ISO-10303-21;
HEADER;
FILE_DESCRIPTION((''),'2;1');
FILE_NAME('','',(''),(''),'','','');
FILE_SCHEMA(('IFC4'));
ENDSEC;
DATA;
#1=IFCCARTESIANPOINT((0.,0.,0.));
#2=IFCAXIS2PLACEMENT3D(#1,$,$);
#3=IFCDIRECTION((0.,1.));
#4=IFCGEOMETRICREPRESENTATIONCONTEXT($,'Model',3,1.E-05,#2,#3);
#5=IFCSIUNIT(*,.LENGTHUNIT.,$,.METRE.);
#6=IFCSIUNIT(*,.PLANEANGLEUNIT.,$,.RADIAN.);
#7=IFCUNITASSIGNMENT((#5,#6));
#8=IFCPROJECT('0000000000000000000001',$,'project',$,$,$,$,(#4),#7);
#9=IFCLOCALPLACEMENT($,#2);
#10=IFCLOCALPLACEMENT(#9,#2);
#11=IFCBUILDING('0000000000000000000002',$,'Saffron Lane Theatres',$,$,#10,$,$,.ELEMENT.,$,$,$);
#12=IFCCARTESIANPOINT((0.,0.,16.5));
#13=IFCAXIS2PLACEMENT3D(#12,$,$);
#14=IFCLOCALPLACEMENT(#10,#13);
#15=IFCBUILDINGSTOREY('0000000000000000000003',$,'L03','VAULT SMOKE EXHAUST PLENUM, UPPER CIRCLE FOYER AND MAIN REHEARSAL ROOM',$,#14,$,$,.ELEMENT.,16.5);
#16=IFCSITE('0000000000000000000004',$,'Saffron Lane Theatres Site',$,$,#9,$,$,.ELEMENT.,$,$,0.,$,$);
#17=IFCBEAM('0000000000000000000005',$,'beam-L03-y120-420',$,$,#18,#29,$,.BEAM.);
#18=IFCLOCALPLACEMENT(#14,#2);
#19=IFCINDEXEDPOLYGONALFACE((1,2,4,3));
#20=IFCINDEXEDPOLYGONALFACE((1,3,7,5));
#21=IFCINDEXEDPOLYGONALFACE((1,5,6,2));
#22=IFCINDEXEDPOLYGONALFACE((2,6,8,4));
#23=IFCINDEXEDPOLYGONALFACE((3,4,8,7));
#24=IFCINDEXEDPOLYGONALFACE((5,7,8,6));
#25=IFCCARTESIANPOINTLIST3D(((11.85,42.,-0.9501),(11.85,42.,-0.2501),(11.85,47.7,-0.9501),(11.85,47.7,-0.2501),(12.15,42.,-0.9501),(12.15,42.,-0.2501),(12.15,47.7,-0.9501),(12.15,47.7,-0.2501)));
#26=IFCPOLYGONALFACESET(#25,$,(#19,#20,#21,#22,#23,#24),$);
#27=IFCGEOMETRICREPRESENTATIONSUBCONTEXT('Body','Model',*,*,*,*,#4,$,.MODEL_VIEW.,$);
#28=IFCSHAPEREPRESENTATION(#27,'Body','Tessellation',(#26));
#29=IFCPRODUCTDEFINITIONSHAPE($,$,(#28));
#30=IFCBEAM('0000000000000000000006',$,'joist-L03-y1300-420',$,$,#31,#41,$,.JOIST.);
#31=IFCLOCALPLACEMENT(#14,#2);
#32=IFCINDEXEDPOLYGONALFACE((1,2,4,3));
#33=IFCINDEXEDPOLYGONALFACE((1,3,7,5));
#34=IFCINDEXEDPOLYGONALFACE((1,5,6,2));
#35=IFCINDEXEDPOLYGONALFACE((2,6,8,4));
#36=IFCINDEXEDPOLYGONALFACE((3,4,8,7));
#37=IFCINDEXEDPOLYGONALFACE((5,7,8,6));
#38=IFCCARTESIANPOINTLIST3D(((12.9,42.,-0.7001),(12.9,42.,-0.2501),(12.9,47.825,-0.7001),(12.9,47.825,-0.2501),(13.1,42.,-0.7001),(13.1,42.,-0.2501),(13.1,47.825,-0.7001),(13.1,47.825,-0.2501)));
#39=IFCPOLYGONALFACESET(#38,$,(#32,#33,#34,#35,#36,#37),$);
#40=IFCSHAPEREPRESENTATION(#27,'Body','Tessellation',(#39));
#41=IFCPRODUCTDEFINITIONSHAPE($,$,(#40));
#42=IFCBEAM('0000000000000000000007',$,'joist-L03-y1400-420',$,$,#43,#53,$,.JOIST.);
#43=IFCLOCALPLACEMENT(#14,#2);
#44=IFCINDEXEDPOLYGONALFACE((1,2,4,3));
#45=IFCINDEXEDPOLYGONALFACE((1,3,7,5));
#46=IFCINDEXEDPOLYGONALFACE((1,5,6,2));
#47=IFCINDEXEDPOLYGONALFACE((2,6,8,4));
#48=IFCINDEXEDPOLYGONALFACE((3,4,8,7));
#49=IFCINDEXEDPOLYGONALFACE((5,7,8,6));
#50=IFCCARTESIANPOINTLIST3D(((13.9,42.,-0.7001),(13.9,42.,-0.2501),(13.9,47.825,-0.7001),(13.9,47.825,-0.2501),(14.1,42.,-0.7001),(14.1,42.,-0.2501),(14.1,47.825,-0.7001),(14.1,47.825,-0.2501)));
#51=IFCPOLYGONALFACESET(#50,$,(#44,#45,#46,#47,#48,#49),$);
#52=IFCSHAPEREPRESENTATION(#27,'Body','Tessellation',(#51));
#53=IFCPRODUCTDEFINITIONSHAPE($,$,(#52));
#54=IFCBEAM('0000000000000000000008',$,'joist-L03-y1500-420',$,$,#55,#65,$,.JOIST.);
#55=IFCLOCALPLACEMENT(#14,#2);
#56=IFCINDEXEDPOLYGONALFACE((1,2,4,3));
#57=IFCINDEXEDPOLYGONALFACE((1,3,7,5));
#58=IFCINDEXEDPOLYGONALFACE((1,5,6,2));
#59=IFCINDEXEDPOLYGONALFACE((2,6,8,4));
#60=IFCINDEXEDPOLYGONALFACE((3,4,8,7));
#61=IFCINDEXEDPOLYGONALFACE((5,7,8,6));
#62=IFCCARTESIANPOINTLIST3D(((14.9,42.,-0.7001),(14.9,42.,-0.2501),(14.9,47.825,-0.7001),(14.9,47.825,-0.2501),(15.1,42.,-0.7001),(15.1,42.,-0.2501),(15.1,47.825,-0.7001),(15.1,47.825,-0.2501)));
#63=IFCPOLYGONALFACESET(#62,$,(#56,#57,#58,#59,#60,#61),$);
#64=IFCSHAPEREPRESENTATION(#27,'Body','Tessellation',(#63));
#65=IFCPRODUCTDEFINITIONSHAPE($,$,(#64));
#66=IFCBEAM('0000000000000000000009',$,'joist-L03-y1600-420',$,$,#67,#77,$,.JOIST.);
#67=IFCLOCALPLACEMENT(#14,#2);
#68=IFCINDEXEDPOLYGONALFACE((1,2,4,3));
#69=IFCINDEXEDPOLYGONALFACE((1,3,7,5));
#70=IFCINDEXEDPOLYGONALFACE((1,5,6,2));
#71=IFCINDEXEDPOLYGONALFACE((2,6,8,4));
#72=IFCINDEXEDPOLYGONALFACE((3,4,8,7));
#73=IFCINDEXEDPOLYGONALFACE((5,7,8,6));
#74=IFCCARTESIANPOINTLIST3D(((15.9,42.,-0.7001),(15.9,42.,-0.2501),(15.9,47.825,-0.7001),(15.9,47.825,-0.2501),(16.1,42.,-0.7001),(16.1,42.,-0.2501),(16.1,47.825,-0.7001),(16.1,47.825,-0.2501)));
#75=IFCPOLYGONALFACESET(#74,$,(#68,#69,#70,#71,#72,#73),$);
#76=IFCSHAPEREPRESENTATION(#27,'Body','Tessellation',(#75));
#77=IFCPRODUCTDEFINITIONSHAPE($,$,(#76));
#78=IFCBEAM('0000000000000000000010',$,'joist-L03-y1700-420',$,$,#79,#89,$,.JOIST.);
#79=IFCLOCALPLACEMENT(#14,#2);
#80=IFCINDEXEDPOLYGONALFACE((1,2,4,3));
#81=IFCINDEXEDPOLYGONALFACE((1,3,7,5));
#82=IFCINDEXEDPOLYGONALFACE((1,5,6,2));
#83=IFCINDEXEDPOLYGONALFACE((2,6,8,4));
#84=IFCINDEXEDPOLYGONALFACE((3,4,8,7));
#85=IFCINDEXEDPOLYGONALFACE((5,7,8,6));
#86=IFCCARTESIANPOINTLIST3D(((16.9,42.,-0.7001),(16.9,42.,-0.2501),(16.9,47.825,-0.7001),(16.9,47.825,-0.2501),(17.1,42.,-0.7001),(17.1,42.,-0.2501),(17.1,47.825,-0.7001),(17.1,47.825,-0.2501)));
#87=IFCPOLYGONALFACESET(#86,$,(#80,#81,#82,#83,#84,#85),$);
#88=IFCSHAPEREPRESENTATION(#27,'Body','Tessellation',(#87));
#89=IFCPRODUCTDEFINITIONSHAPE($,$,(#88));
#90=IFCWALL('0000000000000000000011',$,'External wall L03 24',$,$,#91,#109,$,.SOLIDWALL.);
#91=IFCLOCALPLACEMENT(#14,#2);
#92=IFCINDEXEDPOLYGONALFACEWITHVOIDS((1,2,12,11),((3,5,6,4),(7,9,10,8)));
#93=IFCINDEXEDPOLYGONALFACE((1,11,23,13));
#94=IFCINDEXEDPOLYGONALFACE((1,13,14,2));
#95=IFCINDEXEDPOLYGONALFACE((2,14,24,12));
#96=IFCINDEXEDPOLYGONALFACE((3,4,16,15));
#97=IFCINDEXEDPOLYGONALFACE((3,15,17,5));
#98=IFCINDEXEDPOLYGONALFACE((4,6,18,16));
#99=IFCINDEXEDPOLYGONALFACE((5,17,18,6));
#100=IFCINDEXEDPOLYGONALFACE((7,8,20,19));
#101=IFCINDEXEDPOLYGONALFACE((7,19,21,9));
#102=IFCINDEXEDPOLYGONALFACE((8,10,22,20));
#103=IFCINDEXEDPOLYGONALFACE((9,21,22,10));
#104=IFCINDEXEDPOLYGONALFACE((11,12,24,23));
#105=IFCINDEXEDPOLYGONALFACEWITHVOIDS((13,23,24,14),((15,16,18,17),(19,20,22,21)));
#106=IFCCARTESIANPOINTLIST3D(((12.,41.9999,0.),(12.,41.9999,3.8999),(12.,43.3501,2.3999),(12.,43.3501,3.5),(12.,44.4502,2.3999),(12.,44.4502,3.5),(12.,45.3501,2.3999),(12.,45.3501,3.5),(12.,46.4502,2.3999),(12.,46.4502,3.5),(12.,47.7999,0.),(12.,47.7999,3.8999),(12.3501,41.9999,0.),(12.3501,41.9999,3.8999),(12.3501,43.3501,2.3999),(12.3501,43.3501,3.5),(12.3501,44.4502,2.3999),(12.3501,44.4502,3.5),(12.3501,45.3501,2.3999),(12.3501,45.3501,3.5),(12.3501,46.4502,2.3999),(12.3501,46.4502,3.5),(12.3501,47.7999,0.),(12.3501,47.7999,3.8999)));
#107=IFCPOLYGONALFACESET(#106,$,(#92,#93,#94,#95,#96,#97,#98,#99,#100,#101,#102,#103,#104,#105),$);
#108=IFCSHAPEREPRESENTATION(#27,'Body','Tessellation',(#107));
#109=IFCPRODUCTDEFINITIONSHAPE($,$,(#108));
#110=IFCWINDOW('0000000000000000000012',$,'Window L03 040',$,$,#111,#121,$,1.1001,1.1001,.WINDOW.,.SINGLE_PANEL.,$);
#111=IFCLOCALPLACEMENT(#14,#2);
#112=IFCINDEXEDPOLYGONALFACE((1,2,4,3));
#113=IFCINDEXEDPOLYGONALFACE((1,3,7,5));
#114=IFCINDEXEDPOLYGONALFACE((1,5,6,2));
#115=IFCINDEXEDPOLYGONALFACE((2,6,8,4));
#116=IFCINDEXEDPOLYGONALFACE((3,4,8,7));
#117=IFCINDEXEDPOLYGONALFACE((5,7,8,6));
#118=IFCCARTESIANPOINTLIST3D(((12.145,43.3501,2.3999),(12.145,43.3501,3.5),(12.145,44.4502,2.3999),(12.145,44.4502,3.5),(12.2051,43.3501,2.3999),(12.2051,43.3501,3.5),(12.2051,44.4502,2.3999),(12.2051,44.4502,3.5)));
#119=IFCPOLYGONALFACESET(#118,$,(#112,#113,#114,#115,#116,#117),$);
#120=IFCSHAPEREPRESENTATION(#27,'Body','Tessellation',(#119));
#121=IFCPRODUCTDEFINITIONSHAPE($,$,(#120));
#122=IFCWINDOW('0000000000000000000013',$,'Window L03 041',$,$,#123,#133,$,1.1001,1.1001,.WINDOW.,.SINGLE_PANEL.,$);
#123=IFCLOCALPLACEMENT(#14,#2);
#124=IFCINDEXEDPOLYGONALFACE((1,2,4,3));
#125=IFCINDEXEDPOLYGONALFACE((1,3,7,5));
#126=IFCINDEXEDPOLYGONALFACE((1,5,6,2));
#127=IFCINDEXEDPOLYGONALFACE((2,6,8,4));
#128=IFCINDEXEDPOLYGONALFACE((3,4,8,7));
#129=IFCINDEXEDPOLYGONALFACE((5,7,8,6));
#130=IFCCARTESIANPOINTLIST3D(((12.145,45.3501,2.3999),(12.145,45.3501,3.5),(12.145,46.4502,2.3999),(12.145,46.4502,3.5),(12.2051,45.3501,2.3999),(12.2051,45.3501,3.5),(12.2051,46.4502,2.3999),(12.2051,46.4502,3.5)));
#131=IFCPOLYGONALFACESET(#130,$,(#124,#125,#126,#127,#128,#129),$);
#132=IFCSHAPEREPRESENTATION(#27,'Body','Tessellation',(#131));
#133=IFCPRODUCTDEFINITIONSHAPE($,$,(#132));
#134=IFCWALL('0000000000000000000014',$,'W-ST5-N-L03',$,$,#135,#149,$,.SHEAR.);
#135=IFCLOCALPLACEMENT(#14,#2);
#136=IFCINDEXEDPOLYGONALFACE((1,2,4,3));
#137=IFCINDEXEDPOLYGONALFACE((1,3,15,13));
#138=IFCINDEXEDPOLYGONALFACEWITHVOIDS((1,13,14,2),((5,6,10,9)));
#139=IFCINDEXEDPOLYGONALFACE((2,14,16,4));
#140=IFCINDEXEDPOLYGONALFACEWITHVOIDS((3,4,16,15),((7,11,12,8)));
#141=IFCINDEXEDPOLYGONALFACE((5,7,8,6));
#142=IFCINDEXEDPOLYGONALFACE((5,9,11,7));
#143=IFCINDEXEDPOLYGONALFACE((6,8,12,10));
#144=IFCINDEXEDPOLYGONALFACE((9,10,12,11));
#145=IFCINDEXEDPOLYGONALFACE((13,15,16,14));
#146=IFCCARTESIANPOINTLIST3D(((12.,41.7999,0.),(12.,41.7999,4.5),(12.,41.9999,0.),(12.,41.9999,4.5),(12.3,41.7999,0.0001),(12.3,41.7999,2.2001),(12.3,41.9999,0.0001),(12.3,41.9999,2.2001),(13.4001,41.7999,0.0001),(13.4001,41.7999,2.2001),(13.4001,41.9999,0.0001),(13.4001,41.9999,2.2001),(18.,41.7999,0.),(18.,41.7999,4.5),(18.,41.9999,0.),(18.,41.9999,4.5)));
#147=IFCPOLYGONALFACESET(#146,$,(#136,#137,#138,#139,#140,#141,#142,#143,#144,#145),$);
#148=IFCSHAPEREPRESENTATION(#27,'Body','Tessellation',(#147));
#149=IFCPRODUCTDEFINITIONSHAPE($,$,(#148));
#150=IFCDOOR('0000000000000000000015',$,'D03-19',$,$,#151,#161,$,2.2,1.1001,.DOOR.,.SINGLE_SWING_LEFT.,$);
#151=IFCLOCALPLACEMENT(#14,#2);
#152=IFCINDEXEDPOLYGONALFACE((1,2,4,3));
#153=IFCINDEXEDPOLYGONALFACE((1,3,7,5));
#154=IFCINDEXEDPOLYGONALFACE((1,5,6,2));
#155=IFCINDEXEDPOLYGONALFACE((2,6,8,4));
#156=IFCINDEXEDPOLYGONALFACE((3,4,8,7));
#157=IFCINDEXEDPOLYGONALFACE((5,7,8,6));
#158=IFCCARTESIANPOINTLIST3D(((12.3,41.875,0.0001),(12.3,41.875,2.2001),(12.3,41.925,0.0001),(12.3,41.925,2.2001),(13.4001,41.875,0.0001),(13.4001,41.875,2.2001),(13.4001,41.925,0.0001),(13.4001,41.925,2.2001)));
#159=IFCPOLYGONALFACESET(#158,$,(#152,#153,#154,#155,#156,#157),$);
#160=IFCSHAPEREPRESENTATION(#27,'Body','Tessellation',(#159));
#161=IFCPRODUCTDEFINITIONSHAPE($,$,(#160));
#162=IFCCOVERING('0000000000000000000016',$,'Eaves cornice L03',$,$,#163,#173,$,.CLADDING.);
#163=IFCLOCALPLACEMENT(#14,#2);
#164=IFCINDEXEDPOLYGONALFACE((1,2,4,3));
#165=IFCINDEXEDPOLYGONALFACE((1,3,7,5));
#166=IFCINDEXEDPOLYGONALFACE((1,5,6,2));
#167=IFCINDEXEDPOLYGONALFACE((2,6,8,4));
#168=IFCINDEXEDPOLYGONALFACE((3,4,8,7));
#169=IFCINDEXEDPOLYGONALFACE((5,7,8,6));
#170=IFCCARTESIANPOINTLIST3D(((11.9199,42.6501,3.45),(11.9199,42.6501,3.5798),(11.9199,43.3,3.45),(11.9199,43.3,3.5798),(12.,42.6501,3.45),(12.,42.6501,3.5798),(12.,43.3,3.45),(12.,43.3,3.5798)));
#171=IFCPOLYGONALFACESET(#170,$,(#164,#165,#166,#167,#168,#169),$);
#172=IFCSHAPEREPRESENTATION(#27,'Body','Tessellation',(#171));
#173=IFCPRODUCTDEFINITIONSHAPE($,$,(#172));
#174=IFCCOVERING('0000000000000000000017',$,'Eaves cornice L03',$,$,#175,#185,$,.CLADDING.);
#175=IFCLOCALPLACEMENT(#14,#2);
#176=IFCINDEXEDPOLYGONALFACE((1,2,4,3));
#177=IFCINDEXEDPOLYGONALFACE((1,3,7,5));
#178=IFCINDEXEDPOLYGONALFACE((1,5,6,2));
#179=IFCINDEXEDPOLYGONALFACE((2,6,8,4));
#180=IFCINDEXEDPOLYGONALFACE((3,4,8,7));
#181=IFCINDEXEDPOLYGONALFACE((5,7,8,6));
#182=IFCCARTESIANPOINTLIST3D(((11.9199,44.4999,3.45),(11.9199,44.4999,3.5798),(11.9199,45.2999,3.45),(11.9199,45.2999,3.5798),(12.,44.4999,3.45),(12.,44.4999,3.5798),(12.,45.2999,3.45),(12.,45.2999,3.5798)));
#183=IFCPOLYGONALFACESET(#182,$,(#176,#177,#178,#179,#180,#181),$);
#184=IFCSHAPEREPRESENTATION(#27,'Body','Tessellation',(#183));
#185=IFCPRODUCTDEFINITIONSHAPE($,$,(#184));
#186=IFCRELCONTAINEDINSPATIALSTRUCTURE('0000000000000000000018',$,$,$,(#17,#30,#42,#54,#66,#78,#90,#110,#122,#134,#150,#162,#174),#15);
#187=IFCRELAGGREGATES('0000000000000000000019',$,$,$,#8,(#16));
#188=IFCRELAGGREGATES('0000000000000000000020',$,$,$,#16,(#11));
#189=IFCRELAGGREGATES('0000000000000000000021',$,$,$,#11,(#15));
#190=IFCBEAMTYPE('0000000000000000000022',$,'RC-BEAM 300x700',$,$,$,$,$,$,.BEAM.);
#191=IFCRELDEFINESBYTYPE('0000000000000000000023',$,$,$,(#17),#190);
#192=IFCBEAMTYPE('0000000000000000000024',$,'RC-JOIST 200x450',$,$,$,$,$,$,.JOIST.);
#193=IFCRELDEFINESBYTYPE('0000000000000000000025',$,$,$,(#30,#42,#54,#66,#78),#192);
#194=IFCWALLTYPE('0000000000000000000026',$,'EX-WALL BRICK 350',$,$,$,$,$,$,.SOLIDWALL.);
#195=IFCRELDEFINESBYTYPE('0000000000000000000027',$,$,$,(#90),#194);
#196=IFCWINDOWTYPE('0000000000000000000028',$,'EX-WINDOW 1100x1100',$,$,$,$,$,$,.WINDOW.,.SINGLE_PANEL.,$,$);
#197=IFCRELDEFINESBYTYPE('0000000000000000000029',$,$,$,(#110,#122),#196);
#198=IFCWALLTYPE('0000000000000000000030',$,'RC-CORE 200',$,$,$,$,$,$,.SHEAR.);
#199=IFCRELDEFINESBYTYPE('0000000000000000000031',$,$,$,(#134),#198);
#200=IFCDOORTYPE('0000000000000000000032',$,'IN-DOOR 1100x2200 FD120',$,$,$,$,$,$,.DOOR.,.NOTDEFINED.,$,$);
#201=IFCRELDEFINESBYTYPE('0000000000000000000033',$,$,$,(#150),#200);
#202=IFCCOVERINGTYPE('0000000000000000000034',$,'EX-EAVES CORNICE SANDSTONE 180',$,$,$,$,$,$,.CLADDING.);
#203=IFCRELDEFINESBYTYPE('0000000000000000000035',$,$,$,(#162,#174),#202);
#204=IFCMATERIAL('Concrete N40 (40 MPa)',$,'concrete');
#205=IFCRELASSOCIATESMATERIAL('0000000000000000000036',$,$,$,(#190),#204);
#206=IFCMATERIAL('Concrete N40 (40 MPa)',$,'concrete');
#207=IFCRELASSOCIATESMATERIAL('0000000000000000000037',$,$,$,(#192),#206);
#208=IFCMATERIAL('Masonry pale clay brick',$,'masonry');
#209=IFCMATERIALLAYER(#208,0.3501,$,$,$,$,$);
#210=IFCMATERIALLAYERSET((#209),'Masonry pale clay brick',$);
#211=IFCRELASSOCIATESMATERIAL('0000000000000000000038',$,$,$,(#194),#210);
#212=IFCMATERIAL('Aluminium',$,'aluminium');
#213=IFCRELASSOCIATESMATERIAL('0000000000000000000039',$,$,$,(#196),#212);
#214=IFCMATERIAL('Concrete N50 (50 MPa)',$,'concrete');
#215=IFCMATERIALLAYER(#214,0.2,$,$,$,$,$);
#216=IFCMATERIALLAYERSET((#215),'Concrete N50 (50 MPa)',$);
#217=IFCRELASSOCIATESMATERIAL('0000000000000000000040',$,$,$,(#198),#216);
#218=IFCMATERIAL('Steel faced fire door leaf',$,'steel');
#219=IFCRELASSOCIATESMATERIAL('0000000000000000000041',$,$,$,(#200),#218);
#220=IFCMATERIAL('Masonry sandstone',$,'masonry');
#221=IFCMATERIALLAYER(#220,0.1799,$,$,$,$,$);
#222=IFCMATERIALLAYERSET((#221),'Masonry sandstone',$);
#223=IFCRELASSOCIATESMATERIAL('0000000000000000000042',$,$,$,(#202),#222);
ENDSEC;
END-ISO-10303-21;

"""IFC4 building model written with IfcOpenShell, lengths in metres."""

from ifc_helpers import new_model, si_unit, direction, frame, frame_2d, origin, origin_2d, place, context, subcontext, project, spatial, rectangle, extrude, material, layer, layer_set, material_profile, profile_set, type_object, element, fill, save


model = new_model("IFC4")

# Units and contexts
model_context = context("Model", 3, precision=1e-05, world=origin(), true_north=direction((0.0, 1.0)))
body_context = subcontext(model_context, "Body", "Model", "MODEL_VIEW")
ifc_project = project(units=[si_unit("LENGTHUNIT", "METRE"), si_unit("PLANEANGLEUNIT", "RADIAN")], contexts=[model_context])

# Site, building, storey
site_placement = place(None, origin())
site = spatial("IfcSite", under=ifc_project, at=site_placement, Name="Saffron Lane Theatres Site", CompositionType="ELEMENT", RefElevation=0.0)
building_placement = place(site_placement, origin())
building = spatial("IfcBuilding", under=site, at=building_placement, Name="Saffron Lane Theatres", CompositionType="ELEMENT")
storey_placement = place(building_placement, frame((0.0, 0.0, 16.5)))
storey = spatial("IfcBuildingStorey", under=building, at=storey_placement, Name="L03", Description="VAULT SMOKE EXHAUST PLENUM, UPPER CIRCLE FOYER AND MAIN REHEARSAL ROOM", CompositionType="ELEMENT", Elevation=16.5)

# Beams
ifc_material_1 = material(Name="Concrete N40 (40 MPa)", Category="concrete")
ifc_material_profile_1 = material_profile(ifc_material_1, rectangle(XDim=0.3, YDim=0.7, at=origin_2d()))
ifc_profile_set_1 = profile_set([ifc_material_profile_1], Name="Concrete N40 (40 MPa)")
beam_type_1 = type_object("IfcBeamType", Name="RC-BEAM 300x700", PredefinedType="BEAM", material=ifc_profile_set_1)
beam_placement = place(storey_placement, frame((12.0, 42.0, -0.6001), z_axis=(0.0, 1.0, 0.0), x_axis=(-1.0, 0.0, 0.0)))
element("IfcBeam", 1, at=beam_placement, inside=storey, type_object=beam_type_1, Name="beam-L03-y120-420", PredefinedType="BEAM", context=body_context, shape_type="SweptSolid", body=[
    extrude(rectangle(XDim=0.3, YDim=0.7, at=origin_2d()), origin(), (0.0, 0.0, 1.0), 5.7),
])
ifc_material_2 = material(Name="Concrete N40 (40 MPa)", Category="concrete")
ifc_material_profile_2 = material_profile(ifc_material_2, rectangle(XDim=0.2, YDim=0.45, at=origin_2d()))
ifc_profile_set_2 = profile_set([ifc_material_profile_2], Name="Concrete N40 (40 MPa)")
beam_type_2 = type_object("IfcBeamType", Name="RC-JOIST 200x450", PredefinedType="JOIST", material=ifc_profile_set_2)
for number, where, z_axis, x_axis, name in (
    (2, (13.0, 42.0, -0.4751), (0.0, 1.0, 0.0), (-1.0, 0.0, 0.0), "joist-L03-y1300-420"),
    (3, (14.0, 42.0, -0.4751), (0.0, 1.0, 0.0), (-1.0, 0.0, 0.0), "joist-L03-y1400-420"),
    (4, (15.0, 42.0, -0.4751), (0.0, 1.0, 0.0), (-1.0, 0.0, 0.0), "joist-L03-y1500-420"),
    (5, (16.0, 42.0, -0.4751), (0.0, 1.0, 0.0), (-1.0, 0.0, 0.0), "joist-L03-y1600-420"),
    (6, (17.0, 42.0, -0.4751), (0.0, 1.0, 0.0), (-1.0, 0.0, 0.0), "joist-L03-y1700-420"),
):
    element("IfcBeam", number, at=place(storey_placement, frame(where, z_axis=z_axis, x_axis=x_axis)), inside=storey, type_object=beam_type_2, Name=name, PredefinedType="JOIST", context=body_context, shape_type="SweptSolid", body=[
        extrude(rectangle(XDim=0.2, YDim=0.45, at=origin_2d()), origin(), (0.0, 0.0, 1.0), 5.825),
    ])

# Wall, openings, windows
ifc_material_3 = material(Name="Masonry pale clay brick", Category="masonry")
ifc_layer_1 = layer(ifc_material_3, 0.3501)
ifc_layer_set_1 = layer_set([ifc_layer_1], Name="Masonry pale clay brick")
wall_type_1 = type_object("IfcWallType", Name="EX-WALL BRICK 350", PredefinedType="SOLIDWALL", material=ifc_layer_set_1)
wall_1_placement = place(storey_placement, frame((12.175, 42.0, 0.0), z_axis=(0.0, 0.0, 1.0), x_axis=(0.0, 1.0, 0.0)))
wall_1 = element("IfcWall", 7, at=wall_1_placement, inside=storey, type_object=wall_type_1, Name="External wall L03 24", PredefinedType="SOLIDWALL", context=body_context, shape_type="SweptSolid", body=[
    extrude(rectangle(XDim=5.8, YDim=0.3501, at=frame_2d((2.8999, 0.0))), origin(), (0.0, 0.0, 1.0), 3.8999),
])
opening_1_placement = place(wall_1_placement, frame((1.3501, 0.0, 2.3999)))
opening_1 = element("IfcOpeningElement", 8, at=opening_1_placement, cuts=wall_1, PredefinedType="OPENING", context=body_context, shape_type="SweptSolid", body=[
    extrude(rectangle(XDim=1.1001, YDim=1.1001, at=frame_2d((0.55, 0.55))), frame((0.0, 0.1851, 0.0), z_axis=(0.0, -1.0, 0.0), x_axis=(1.0, 0.0, 0.0)), (0.0, 0.0, 1.0), 0.3701),
])
opening_2_placement = place(wall_1_placement, frame((3.3501, 0.0, 2.3999)))
opening_2 = element("IfcOpeningElement", 9, at=opening_2_placement, cuts=wall_1, PredefinedType="OPENING", context=body_context, shape_type="SweptSolid", body=[
    extrude(rectangle(XDim=1.1001, YDim=1.1001, at=frame_2d((0.55, 0.55))), frame((0.0, 0.1851, 0.0), z_axis=(0.0, -1.0, 0.0), x_axis=(1.0, 0.0, 0.0)), (0.0, 0.0, 1.0), 0.3701),
])
ifc_material_4 = material(Name="Aluminium", Category="aluminium")
window_type = type_object("IfcWindowType", Name="EX-WINDOW 1100x1100", PartitioningType="SINGLE_PANEL", PredefinedType="WINDOW", material=ifc_material_4)
window_1_placement = place(opening_1_placement, origin())
window_1 = element("IfcWindow", 10, at=window_1_placement, inside=storey, type_object=window_type, Name="Window L03 040", OverallHeight=1.1001, OverallWidth=1.1001, PartitioningType="SINGLE_PANEL", PredefinedType="WINDOW", context=body_context, shape_type="SweptSolid", body=[
    extrude(rectangle(XDim=1.1001, YDim=1.1001, at=frame_2d((0.55, 0.55))), frame((0.0, 0.03, 0.0), z_axis=(0.0, -1.0, 0.0), x_axis=(1.0, 0.0, 0.0)), (0.0, 0.0, 1.0), 0.0601),
])
fill(opening_1, window_1)
window_2_placement = place(opening_2_placement, origin())
window_2 = element("IfcWindow", 11, at=window_2_placement, inside=storey, type_object=window_type, Name="Window L03 041", OverallHeight=1.1001, OverallWidth=1.1001, PartitioningType="SINGLE_PANEL", PredefinedType="WINDOW", context=body_context, shape_type="SweptSolid", body=[
    extrude(rectangle(XDim=1.1001, YDim=1.1001, at=frame_2d((0.55, 0.55))), frame((0.0, 0.03, 0.0), z_axis=(0.0, -1.0, 0.0), x_axis=(1.0, 0.0, 0.0)), (0.0, 0.0, 1.0), 0.0601),
])
fill(opening_2, window_2)

# Wall, opening, door
ifc_material_5 = material(Name="Concrete N50 (50 MPa)", Category="concrete")
ifc_layer_2 = layer(ifc_material_5, 0.2)
ifc_layer_set_2 = layer_set([ifc_layer_2], Name="Concrete N50 (50 MPa)")
wall_type_2 = type_object("IfcWallType", Name="RC-CORE 200", PredefinedType="SHEAR", material=ifc_layer_set_2)
wall_2_placement = place(storey_placement, frame((12.0, 41.8999, 0.0), z_axis=(0.0, 0.0, 1.0), x_axis=(1.0, 0.0, 0.0)))
wall_2 = element("IfcWall", 12, at=wall_2_placement, inside=storey, type_object=wall_type_2, Name="W-ST5-N-L03", PredefinedType="SHEAR", context=body_context, shape_type="SweptSolid", body=[
    extrude(rectangle(XDim=6.0, YDim=0.2, at=frame_2d((3.0, 0.0))), origin(), (0.0, 0.0, 1.0), 4.5),
])
opening_3_placement = place(wall_2_placement, frame((0.3, 0.0, 0.0)))
opening_3 = element("IfcOpeningElement", 13, at=opening_3_placement, cuts=wall_2, PredefinedType="OPENING", context=body_context, shape_type="SweptSolid", body=[
    extrude(rectangle(XDim=1.1001, YDim=2.2, at=frame_2d((0.55, 1.1001))), frame((0.0, 0.1099, 0.0), z_axis=(0.0, -1.0, 0.0), x_axis=(1.0, 0.0, 0.0)), (0.0, 0.0, 1.0), 0.22),
])
ifc_material_6 = material(Name="Steel faced fire door leaf", Category="steel")
door_type = type_object("IfcDoorType", Name="IN-DOOR 1100x2200 FD120", OperationType="NOTDEFINED", PredefinedType="DOOR", material=ifc_material_6)
door_placement = place(opening_3_placement, frame((1.1001, 0.0, 0.0), z_axis=(0.0, 0.0, 1.0), x_axis=(-1.0, 0.0, 0.0)))
door = element("IfcDoor", 14, at=door_placement, inside=storey, type_object=door_type, Name="D03-19", OperationType="SINGLE_SWING_LEFT", OverallHeight=2.2, OverallWidth=1.1001, PredefinedType="DOOR", context=body_context, shape_type="SweptSolid", body=[
    extrude(rectangle(XDim=1.1001, YDim=2.2, at=frame_2d((0.55, 1.1001))), frame((0.0, 0.0249, 0.0), z_axis=(0.0, -1.0, 0.0), x_axis=(1.0, 0.0, 0.0)), (0.0, 0.0, 1.0), 0.05),
])
fill(opening_3, door)

# Coverings
ifc_material_7 = material(Name="Masonry sandstone", Category="masonry")
ifc_layer_3 = layer(ifc_material_7, 0.1799)
ifc_layer_set_3 = layer_set([ifc_layer_3], Name="Masonry sandstone")
covering_type_1 = type_object("IfcCoveringType", Name="EX-EAVES CORNICE SANDSTONE 180", PredefinedType="CLADDING", material=ifc_layer_set_3)
covering_1_placement = place(storey_placement, frame((11.96, 42.9751, 3.45), z_axis=(0.0, 0.0, 1.0), x_axis=(0.0, 1.0, 0.0)))
element("IfcCovering", 15, at=covering_1_placement, inside=storey, type_object=covering_type_1, Name="Eaves cornice L03", PredefinedType="CLADDING", context=body_context, shape_type="SweptSolid", body=[
    extrude(rectangle(XDim=0.6499, YDim=0.0801, at=origin_2d()), origin(), (0.0, 0.0, 1.0), 0.1299),
])
covering_2_placement = place(storey_placement, frame((11.96, 44.8999, 3.45), z_axis=(0.0, 0.0, 1.0), x_axis=(0.0, 1.0, 0.0)))
element("IfcCovering", 16, at=covering_2_placement, inside=storey, type_object=covering_type_1, Name="Eaves cornice L03", PredefinedType="CLADDING", context=body_context, shape_type="SweptSolid", body=[
    extrude(rectangle(XDim=0.8, YDim=0.0801, at=origin_2d()), origin(), (0.0, 0.0, 1.0), 0.1299),
])

save(model, "model.ifc")
